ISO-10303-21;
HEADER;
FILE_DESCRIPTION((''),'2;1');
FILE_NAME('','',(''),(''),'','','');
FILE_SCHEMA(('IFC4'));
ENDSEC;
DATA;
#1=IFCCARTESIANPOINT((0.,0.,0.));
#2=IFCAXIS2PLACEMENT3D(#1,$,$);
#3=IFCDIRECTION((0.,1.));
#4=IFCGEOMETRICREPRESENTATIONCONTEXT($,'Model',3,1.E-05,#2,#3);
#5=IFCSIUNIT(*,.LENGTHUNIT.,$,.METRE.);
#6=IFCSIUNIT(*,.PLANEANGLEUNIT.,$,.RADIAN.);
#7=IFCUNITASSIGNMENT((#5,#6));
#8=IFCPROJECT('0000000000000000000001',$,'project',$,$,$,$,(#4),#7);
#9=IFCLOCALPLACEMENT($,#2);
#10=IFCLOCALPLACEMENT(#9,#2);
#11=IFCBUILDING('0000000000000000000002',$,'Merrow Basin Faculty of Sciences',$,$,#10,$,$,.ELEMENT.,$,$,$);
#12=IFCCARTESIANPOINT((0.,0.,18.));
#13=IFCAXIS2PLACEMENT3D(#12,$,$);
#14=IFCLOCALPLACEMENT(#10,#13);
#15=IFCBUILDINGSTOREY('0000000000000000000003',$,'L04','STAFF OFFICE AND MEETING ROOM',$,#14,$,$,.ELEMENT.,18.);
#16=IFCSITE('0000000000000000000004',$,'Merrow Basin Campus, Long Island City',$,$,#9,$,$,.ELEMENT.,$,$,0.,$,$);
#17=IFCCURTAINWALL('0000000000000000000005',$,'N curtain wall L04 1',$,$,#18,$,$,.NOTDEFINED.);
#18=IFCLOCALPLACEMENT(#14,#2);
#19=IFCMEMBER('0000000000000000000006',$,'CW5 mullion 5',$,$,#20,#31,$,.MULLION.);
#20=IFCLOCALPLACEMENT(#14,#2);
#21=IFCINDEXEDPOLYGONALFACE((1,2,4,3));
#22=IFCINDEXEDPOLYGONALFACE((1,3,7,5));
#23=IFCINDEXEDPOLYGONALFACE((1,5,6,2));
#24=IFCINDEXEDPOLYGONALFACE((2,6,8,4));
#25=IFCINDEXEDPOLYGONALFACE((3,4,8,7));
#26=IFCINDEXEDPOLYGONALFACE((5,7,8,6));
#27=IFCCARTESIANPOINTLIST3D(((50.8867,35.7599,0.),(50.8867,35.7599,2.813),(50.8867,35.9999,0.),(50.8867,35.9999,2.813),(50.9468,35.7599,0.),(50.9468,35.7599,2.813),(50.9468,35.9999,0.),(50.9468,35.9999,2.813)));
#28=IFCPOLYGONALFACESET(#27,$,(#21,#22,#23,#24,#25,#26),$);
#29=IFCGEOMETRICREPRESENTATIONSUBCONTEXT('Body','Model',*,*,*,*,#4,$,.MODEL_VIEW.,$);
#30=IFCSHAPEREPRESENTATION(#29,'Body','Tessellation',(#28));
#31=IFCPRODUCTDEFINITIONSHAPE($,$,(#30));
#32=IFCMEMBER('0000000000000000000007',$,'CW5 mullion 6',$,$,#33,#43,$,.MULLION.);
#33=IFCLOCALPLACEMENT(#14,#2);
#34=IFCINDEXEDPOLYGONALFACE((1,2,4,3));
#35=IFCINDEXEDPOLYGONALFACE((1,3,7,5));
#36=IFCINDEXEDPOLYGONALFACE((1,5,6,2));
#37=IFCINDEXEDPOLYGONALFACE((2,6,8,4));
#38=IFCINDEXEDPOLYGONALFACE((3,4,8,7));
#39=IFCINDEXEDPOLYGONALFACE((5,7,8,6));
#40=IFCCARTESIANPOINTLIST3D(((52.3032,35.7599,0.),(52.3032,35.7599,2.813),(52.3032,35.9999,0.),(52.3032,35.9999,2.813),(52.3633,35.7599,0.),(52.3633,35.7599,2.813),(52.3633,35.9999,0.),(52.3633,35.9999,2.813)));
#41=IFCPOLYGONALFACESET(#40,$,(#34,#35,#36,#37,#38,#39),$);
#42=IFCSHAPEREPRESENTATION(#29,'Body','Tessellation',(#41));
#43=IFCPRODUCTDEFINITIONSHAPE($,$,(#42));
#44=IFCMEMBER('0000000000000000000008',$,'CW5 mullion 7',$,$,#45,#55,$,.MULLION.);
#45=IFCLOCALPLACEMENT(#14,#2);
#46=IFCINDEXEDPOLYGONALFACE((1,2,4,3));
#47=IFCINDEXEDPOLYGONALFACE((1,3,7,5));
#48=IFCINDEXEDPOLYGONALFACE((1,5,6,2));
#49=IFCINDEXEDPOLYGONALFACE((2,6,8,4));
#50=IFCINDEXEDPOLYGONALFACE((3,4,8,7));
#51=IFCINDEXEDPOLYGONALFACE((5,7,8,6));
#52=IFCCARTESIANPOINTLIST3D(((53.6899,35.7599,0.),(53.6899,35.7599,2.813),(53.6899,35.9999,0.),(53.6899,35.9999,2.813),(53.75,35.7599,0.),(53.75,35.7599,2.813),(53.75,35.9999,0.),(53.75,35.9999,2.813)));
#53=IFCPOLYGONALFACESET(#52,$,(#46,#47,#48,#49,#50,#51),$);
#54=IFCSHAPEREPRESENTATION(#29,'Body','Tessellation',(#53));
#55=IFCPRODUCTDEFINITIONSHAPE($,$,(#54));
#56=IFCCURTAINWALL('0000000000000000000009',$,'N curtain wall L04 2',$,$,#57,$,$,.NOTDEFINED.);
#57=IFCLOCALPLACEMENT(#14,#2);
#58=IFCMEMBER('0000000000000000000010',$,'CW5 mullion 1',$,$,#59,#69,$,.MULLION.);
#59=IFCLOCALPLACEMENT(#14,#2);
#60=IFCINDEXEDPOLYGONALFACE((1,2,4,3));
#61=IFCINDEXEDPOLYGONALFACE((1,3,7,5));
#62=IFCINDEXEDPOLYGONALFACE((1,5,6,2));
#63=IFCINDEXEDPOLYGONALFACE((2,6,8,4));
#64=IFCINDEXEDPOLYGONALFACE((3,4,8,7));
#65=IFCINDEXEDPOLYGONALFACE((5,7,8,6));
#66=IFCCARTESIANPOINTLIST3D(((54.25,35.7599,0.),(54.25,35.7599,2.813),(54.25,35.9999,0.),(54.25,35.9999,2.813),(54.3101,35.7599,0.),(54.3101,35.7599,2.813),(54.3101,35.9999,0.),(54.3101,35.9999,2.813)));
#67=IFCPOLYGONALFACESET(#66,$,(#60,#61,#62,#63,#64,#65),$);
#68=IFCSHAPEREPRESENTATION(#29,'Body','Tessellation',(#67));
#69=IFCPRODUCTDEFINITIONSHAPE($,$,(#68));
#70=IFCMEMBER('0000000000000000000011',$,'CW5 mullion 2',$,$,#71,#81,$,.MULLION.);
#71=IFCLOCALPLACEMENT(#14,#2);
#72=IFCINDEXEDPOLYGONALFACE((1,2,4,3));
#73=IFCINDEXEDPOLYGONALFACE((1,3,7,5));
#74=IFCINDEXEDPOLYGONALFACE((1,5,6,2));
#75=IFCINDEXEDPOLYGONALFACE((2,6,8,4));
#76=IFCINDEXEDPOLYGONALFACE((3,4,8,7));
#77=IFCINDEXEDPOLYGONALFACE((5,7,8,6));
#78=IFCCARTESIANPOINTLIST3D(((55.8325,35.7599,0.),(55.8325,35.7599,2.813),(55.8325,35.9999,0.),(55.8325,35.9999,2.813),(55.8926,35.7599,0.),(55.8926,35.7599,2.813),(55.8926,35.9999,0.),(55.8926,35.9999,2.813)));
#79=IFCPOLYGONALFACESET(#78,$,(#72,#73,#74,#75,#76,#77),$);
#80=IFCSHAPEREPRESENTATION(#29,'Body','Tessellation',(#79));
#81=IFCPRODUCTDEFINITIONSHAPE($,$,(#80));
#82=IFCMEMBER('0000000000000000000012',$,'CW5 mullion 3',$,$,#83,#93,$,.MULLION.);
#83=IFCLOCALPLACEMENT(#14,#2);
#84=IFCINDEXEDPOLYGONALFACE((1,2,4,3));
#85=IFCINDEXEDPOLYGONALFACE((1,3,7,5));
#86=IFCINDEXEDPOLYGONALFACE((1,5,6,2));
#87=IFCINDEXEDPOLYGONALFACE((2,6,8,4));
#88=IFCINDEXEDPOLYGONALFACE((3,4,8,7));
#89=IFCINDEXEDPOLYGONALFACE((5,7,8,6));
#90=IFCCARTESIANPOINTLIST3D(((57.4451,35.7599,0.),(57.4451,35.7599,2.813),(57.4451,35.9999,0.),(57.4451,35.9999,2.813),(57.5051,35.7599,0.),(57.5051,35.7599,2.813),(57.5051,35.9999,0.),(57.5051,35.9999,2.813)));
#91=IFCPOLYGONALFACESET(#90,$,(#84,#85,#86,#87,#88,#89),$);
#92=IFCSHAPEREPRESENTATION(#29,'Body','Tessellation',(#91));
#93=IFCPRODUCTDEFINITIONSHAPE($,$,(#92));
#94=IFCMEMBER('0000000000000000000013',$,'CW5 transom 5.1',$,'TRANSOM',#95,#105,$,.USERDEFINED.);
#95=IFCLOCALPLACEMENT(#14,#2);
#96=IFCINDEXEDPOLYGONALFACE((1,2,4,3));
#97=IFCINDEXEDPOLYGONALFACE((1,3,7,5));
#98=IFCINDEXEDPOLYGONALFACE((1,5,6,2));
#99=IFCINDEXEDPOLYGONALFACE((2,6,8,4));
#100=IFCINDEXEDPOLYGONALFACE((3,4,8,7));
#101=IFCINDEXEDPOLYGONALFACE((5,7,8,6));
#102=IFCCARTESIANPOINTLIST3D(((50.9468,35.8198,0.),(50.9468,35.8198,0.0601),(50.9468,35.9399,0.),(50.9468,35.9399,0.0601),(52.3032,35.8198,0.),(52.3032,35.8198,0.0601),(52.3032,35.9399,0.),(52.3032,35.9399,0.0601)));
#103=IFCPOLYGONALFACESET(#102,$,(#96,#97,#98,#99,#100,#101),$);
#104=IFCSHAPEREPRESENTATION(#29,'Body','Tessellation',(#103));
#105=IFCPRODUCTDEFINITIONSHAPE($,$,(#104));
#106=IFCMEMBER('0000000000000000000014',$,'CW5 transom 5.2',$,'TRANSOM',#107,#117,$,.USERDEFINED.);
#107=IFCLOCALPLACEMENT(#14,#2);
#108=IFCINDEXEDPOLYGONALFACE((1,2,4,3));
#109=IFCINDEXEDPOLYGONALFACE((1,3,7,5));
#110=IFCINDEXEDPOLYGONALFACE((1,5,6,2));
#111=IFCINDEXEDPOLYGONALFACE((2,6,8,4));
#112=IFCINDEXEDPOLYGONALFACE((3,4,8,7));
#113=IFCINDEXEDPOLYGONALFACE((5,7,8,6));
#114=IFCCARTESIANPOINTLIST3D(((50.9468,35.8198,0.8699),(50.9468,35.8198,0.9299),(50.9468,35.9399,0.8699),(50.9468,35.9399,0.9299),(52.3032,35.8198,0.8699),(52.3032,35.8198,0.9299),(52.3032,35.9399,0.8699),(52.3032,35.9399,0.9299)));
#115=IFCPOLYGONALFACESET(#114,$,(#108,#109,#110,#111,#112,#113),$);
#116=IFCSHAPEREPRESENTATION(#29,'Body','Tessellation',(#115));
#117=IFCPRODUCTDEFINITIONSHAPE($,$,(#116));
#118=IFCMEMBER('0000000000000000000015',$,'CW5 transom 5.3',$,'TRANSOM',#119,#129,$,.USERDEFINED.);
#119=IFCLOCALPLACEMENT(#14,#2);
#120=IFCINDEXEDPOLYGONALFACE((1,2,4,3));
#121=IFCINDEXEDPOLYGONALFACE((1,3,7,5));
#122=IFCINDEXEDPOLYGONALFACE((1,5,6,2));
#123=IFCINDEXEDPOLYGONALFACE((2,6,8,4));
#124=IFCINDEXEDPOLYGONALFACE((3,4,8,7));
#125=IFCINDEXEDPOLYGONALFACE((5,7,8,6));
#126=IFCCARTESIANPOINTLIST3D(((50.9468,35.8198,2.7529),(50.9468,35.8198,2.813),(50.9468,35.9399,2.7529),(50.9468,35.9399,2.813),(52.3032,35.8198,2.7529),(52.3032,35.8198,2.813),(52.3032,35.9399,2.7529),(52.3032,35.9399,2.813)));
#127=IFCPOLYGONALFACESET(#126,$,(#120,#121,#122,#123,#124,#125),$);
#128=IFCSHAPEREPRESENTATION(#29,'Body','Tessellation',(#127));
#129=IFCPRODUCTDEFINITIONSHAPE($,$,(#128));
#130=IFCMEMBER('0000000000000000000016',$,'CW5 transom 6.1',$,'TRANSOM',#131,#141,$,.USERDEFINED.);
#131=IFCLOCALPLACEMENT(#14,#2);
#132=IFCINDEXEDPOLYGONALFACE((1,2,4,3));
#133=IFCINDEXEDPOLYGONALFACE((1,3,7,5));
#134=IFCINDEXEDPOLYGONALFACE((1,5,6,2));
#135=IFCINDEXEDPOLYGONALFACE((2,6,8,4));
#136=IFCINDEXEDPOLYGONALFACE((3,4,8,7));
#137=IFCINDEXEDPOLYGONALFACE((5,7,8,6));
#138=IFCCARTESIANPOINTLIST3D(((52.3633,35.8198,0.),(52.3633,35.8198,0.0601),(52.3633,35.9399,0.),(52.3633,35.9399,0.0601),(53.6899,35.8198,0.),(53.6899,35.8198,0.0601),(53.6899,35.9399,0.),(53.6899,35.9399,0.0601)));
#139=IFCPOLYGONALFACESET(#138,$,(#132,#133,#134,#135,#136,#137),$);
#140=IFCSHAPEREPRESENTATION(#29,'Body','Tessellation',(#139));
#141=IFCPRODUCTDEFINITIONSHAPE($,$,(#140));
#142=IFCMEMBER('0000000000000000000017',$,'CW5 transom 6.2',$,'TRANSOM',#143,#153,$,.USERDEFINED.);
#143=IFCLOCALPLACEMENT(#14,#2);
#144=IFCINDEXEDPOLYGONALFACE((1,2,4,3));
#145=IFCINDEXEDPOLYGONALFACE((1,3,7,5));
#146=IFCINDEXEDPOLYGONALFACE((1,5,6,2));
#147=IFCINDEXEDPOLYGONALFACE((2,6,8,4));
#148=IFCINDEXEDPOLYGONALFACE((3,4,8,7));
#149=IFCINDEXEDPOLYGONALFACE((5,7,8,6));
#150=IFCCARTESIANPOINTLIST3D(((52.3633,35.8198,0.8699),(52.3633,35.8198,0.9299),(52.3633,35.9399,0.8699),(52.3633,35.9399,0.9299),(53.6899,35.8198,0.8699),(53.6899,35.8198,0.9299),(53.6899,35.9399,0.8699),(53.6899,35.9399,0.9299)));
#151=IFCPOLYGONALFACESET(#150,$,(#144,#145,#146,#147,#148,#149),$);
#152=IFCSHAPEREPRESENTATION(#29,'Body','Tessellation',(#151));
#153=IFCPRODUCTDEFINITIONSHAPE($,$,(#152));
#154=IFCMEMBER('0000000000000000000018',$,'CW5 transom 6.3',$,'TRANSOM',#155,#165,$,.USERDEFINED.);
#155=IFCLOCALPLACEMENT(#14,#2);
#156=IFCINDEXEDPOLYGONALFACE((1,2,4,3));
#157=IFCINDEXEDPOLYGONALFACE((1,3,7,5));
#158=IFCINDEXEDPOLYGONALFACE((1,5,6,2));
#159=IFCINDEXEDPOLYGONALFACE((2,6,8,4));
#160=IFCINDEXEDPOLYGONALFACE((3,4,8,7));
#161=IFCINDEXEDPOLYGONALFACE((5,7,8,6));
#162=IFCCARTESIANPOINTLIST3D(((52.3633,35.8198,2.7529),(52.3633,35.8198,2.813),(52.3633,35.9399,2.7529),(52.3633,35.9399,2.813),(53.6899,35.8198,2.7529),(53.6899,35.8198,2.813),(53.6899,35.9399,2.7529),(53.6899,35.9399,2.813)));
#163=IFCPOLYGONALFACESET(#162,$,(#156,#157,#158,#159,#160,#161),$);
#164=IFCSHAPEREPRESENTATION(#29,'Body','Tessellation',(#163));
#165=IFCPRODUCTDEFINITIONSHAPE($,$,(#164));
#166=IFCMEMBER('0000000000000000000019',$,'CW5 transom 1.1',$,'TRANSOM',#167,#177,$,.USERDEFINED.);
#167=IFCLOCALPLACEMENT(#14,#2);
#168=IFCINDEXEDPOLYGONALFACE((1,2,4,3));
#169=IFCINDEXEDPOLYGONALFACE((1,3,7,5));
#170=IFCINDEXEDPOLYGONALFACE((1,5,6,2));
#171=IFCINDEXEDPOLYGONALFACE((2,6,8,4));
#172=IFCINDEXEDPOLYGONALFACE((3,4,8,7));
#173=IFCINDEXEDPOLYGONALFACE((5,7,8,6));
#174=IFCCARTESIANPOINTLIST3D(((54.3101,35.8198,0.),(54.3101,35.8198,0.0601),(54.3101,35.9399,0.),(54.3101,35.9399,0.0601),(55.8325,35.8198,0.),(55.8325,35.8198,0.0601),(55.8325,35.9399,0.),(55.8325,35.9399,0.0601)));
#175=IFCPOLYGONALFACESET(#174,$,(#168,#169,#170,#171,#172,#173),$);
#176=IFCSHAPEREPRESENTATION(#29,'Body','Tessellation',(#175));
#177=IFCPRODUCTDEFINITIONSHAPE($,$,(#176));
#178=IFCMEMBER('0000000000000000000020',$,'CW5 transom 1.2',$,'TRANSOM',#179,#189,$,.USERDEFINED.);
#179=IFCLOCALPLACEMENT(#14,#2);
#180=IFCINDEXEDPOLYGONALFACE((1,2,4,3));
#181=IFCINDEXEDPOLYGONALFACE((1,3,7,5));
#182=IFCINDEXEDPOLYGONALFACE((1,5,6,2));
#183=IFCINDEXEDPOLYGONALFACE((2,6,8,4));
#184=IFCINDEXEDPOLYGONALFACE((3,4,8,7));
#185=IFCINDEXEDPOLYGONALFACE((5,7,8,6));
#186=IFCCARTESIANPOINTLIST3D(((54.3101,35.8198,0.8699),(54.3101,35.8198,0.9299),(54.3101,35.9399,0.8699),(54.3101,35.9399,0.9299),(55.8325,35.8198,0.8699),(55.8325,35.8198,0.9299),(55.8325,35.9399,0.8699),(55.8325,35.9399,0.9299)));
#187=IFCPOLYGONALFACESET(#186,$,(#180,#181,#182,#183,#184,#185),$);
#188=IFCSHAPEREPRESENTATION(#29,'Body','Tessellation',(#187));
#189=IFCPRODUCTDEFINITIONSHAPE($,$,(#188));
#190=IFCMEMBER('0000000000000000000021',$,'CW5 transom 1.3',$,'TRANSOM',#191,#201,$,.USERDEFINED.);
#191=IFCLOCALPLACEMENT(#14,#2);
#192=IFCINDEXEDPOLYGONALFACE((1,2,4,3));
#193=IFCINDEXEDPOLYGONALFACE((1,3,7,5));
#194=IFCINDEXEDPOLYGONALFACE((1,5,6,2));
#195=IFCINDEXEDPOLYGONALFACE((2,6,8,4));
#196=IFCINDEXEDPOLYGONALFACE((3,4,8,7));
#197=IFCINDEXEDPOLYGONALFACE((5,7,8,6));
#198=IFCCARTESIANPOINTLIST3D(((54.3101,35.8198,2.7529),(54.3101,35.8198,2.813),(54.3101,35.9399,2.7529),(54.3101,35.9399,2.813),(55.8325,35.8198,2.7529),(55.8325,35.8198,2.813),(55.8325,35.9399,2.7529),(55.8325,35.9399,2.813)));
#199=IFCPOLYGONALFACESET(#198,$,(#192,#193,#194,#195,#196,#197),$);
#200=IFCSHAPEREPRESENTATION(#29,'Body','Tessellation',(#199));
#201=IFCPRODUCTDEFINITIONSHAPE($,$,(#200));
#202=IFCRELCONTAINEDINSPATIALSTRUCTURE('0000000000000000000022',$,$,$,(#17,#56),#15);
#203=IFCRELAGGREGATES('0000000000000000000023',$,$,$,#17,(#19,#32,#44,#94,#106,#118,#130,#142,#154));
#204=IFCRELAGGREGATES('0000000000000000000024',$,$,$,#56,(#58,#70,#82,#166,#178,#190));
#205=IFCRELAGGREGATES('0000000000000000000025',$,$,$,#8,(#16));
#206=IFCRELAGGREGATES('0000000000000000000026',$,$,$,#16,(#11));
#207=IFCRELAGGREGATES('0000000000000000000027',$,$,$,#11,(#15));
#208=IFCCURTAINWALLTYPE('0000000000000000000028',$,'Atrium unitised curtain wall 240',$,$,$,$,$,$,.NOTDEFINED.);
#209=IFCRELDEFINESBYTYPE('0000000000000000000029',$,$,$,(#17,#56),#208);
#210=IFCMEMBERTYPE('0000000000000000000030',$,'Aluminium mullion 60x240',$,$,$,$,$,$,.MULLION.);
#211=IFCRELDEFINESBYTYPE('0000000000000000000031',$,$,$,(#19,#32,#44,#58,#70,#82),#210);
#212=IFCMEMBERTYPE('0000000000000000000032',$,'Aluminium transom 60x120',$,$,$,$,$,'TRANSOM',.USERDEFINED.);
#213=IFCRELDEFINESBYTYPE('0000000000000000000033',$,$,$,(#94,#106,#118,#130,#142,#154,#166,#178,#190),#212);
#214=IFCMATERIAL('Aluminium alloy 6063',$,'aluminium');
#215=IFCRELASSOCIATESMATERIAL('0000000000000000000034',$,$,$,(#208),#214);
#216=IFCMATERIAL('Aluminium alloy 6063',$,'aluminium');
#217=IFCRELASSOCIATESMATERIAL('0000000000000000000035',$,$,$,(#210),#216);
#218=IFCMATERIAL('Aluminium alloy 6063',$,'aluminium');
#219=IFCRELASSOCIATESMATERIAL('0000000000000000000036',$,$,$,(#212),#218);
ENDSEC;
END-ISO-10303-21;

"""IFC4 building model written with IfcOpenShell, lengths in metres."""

from ifc_helpers import new_model, si_unit, direction, frame, origin, origin_2d, place, context, subcontext, project, spatial, rectangle, extrude, material, material_profile, profile_set, type_object, element, aggregate, save


model = new_model("IFC4")

# Units and contexts
model_context = context("Model", 3, precision=1e-05, world=origin(), true_north=direction((0.0, 1.0)))
body_context = subcontext(model_context, "Body", "Model", "MODEL_VIEW")
ifc_project = project(units=[si_unit("LENGTHUNIT", "METRE"), si_unit("PLANEANGLEUNIT", "RADIAN")], contexts=[model_context])

# Site, building, storey
site_placement = place(None, origin())
site = spatial("IfcSite", under=ifc_project, at=site_placement, Name="Merrow Basin Campus, Long Island City", CompositionType="ELEMENT", RefElevation=0.0)
building_placement = place(site_placement, origin())
building = spatial("IfcBuilding", under=site, at=building_placement, Name="Merrow Basin Faculty of Sciences", CompositionType="ELEMENT")
storey_placement = place(building_placement, frame((0.0, 0.0, 18.0)))
storey = spatial("IfcBuildingStorey", under=building, at=storey_placement, Name="L04", Description="STAFF OFFICE AND MEETING ROOM", CompositionType="ELEMENT", Elevation=18.0)

# Curtain walls, members
ifc_material_1 = material(Name="Aluminium alloy 6063", Category="aluminium")
curtain_wall_type = type_object("IfcCurtainWallType", Name="Atrium unitised curtain wall 240", PredefinedType="NOTDEFINED", material=ifc_material_1)
curtain_wall_1_placement = place(storey_placement, origin())
curtain_wall_1 = element("IfcCurtainWall", 1, at=curtain_wall_1_placement, inside=storey, type_object=curtain_wall_type, Name="N curtain wall L04 1", PredefinedType="NOTDEFINED")
ifc_material_2 = material(Name="Aluminium alloy 6063", Category="aluminium")
ifc_material_profile_1 = material_profile(ifc_material_2, rectangle(XDim=0.24, YDim=0.0601, at=origin_2d()))
ifc_profile_set_1 = profile_set([ifc_material_profile_1], Name="Aluminium alloy 6063")
member_type_1 = type_object("IfcMemberType", Name="Aluminium mullion 60x240", PredefinedType="MULLION", material=ifc_profile_set_1)
member_1_placement = place(storey_placement, frame((50.9167, 35.8799, 0.0), z_axis=(0.0, 0.0, 1.0), x_axis=(0.0, 1.0, 0.0)))
member_1 = element("IfcMember", 2, at=member_1_placement, type_object=member_type_1, Name="CW5 mullion 5", PredefinedType="MULLION", context=body_context, shape_type="SweptSolid", body=[
    extrude(rectangle(XDim=0.24, YDim=0.0601, at=origin_2d()), origin(), (0.0, 0.0, 1.0), 2.813),
])
member_2_placement = place(storey_placement, frame((52.3333, 35.8799, 0.0), z_axis=(0.0, 0.0, 1.0), x_axis=(0.0, 1.0, 0.0)))
member_2 = element("IfcMember", 3, at=member_2_placement, type_object=member_type_1, Name="CW5 mullion 6", PredefinedType="MULLION", context=body_context, shape_type="SweptSolid", body=[
    extrude(rectangle(XDim=0.24, YDim=0.0601, at=origin_2d()), origin(), (0.0, 0.0, 1.0), 2.813),
])
member_3_placement = place(storey_placement, frame((53.72, 35.8799, 0.0), z_axis=(0.0, 0.0, 1.0), x_axis=(0.0, 1.0, 0.0)))
member_3 = element("IfcMember", 4, at=member_3_placement, type_object=member_type_1, Name="CW5 mullion 7", PredefinedType="MULLION", context=body_context, shape_type="SweptSolid", body=[
    extrude(rectangle(XDim=0.24, YDim=0.0601, at=origin_2d()), origin(), (0.0, 0.0, 1.0), 2.813),
])
curtain_wall_2_placement = place(storey_placement, origin())
curtain_wall_2 = element("IfcCurtainWall", 5, at=curtain_wall_2_placement, inside=storey, type_object=curtain_wall_type, Name="N curtain wall L04 2", PredefinedType="NOTDEFINED")
member_4_placement = place(storey_placement, frame((54.28, 35.8799, 0.0), z_axis=(0.0, 0.0, 1.0), x_axis=(0.0, 1.0, 0.0)))
member_4 = element("IfcMember", 6, at=member_4_placement, type_object=member_type_1, Name="CW5 mullion 1", PredefinedType="MULLION", context=body_context, shape_type="SweptSolid", body=[
    extrude(rectangle(XDim=0.24, YDim=0.0601, at=origin_2d()), origin(), (0.0, 0.0, 1.0), 2.813),
])
member_5_placement = place(storey_placement, frame((55.8625, 35.8799, 0.0), z_axis=(0.0, 0.0, 1.0), x_axis=(0.0, 1.0, 0.0)))
member_5 = element("IfcMember", 7, at=member_5_placement, type_object=member_type_1, Name="CW5 mullion 2", PredefinedType="MULLION", context=body_context, shape_type="SweptSolid", body=[
    extrude(rectangle(XDim=0.24, YDim=0.0601, at=origin_2d()), origin(), (0.0, 0.0, 1.0), 2.813),
])
member_6_placement = place(storey_placement, frame((57.4751, 35.8799, 0.0), z_axis=(0.0, 0.0, 1.0), x_axis=(0.0, 1.0, 0.0)))
member_6 = element("IfcMember", 8, at=member_6_placement, type_object=member_type_1, Name="CW5 mullion 3", PredefinedType="MULLION", context=body_context, shape_type="SweptSolid", body=[
    extrude(rectangle(XDim=0.24, YDim=0.0601, at=origin_2d()), origin(), (0.0, 0.0, 1.0), 2.813),
])

# Members
ifc_material_3 = material(Name="Aluminium alloy 6063", Category="aluminium")
ifc_material_profile_2 = material_profile(ifc_material_3, rectangle(XDim=0.1201, YDim=0.0601, at=origin_2d()))
ifc_profile_set_2 = profile_set([ifc_material_profile_2], Name="Aluminium alloy 6063")
member_type_2 = type_object("IfcMemberType", Name="Aluminium transom 60x120", ElementType="TRANSOM", PredefinedType="USERDEFINED", material=ifc_profile_set_2)
member_7_placement = place(storey_placement, frame((50.9468, 35.8799, 0.03), z_axis=(1.0, 0.0, 0.0), x_axis=(0.0, 1.0, 0.0)))
member_7 = element("IfcMember", 9, at=member_7_placement, type_object=member_type_2, Name="CW5 transom 5.1", ObjectType="TRANSOM", PredefinedType="USERDEFINED", context=body_context, shape_type="SweptSolid", body=[
    extrude(rectangle(XDim=0.1201, YDim=0.0601, at=origin_2d()), origin(), (0.0, 0.0, 1.0), 1.3564),
])
member_8_placement = place(storey_placement, frame((50.9468, 35.8799, 0.8999), z_axis=(1.0, 0.0, 0.0), x_axis=(0.0, 1.0, 0.0)))
member_8 = element("IfcMember", 10, at=member_8_placement, type_object=member_type_2, Name="CW5 transom 5.2", ObjectType="TRANSOM", PredefinedType="USERDEFINED", context=body_context, shape_type="SweptSolid", body=[
    extrude(rectangle(XDim=0.1201, YDim=0.0601, at=origin_2d()), origin(), (0.0, 0.0, 1.0), 1.3564),
])
member_9_placement = place(storey_placement, frame((50.9468, 35.8799, 2.783), z_axis=(1.0, 0.0, 0.0), x_axis=(0.0, 1.0, 0.0)))
member_9 = element("IfcMember", 11, at=member_9_placement, type_object=member_type_2, Name="CW5 transom 5.3", ObjectType="TRANSOM", PredefinedType="USERDEFINED", context=body_context, shape_type="SweptSolid", body=[
    extrude(rectangle(XDim=0.1201, YDim=0.0601, at=origin_2d()), origin(), (0.0, 0.0, 1.0), 1.3564),
])
member_10_placement = place(storey_placement, frame((52.3633, 35.8799, 0.03), z_axis=(1.0, 0.0, 0.0), x_axis=(0.0, 1.0, 0.0)))
member_10 = element("IfcMember", 12, at=member_10_placement, type_object=member_type_2, Name="CW5 transom 6.1", ObjectType="TRANSOM", PredefinedType="USERDEFINED", context=body_context, shape_type="SweptSolid", body=[
    extrude(rectangle(XDim=0.1201, YDim=0.0601, at=origin_2d()), origin(), (0.0, 0.0, 1.0), 1.3267),
])
member_11_placement = place(storey_placement, frame((52.3633, 35.8799, 0.8999), z_axis=(1.0, 0.0, 0.0), x_axis=(0.0, 1.0, 0.0)))
member_11 = element("IfcMember", 13, at=member_11_placement, type_object=member_type_2, Name="CW5 transom 6.2", ObjectType="TRANSOM", PredefinedType="USERDEFINED", context=body_context, shape_type="SweptSolid", body=[
    extrude(rectangle(XDim=0.1201, YDim=0.0601, at=origin_2d()), origin(), (0.0, 0.0, 1.0), 1.3267),
])
member_12_placement = place(storey_placement, frame((52.3633, 35.8799, 2.783), z_axis=(1.0, 0.0, 0.0), x_axis=(0.0, 1.0, 0.0)))
member_12 = element("IfcMember", 14, at=member_12_placement, type_object=member_type_2, Name="CW5 transom 6.3", ObjectType="TRANSOM", PredefinedType="USERDEFINED", context=body_context, shape_type="SweptSolid", body=[
    extrude(rectangle(XDim=0.1201, YDim=0.0601, at=origin_2d()), origin(), (0.0, 0.0, 1.0), 1.3267),
])
member_13_placement = place(storey_placement, frame((54.3101, 35.8799, 0.03), z_axis=(1.0, 0.0, 0.0), x_axis=(0.0, 1.0, 0.0)))
member_13 = element("IfcMember", 15, at=member_13_placement, type_object=member_type_2, Name="CW5 transom 1.1", ObjectType="TRANSOM", PredefinedType="USERDEFINED", context=body_context, shape_type="SweptSolid", body=[
    extrude(rectangle(XDim=0.1201, YDim=0.0601, at=origin_2d()), origin(), (0.0, 0.0, 1.0), 1.5225),
])
member_14_placement = place(storey_placement, frame((54.3101, 35.8799, 0.8999), z_axis=(1.0, 0.0, 0.0), x_axis=(0.0, 1.0, 0.0)))
member_14 = element("IfcMember", 16, at=member_14_placement, type_object=member_type_2, Name="CW5 transom 1.2", ObjectType="TRANSOM", PredefinedType="USERDEFINED", context=body_context, shape_type="SweptSolid", body=[
    extrude(rectangle(XDim=0.1201, YDim=0.0601, at=origin_2d()), origin(), (0.0, 0.0, 1.0), 1.5225),
])
member_15_placement = place(storey_placement, frame((54.3101, 35.8799, 2.783), z_axis=(1.0, 0.0, 0.0), x_axis=(0.0, 1.0, 0.0)))
member_15 = element("IfcMember", 17, at=member_15_placement, type_object=member_type_2, Name="CW5 transom 1.3", ObjectType="TRANSOM", PredefinedType="USERDEFINED", context=body_context, shape_type="SweptSolid", body=[
    extrude(rectangle(XDim=0.1201, YDim=0.0601, at=origin_2d()), origin(), (0.0, 0.0, 1.0), 1.5225),
])

aggregate(curtain_wall_1, [member_1, member_2, member_3, member_7, member_8, member_9, member_10, member_11, member_12])
aggregate(curtain_wall_2, [member_4, member_5, member_6, member_13, member_14, member_15])

save(model, "model.ifc")
